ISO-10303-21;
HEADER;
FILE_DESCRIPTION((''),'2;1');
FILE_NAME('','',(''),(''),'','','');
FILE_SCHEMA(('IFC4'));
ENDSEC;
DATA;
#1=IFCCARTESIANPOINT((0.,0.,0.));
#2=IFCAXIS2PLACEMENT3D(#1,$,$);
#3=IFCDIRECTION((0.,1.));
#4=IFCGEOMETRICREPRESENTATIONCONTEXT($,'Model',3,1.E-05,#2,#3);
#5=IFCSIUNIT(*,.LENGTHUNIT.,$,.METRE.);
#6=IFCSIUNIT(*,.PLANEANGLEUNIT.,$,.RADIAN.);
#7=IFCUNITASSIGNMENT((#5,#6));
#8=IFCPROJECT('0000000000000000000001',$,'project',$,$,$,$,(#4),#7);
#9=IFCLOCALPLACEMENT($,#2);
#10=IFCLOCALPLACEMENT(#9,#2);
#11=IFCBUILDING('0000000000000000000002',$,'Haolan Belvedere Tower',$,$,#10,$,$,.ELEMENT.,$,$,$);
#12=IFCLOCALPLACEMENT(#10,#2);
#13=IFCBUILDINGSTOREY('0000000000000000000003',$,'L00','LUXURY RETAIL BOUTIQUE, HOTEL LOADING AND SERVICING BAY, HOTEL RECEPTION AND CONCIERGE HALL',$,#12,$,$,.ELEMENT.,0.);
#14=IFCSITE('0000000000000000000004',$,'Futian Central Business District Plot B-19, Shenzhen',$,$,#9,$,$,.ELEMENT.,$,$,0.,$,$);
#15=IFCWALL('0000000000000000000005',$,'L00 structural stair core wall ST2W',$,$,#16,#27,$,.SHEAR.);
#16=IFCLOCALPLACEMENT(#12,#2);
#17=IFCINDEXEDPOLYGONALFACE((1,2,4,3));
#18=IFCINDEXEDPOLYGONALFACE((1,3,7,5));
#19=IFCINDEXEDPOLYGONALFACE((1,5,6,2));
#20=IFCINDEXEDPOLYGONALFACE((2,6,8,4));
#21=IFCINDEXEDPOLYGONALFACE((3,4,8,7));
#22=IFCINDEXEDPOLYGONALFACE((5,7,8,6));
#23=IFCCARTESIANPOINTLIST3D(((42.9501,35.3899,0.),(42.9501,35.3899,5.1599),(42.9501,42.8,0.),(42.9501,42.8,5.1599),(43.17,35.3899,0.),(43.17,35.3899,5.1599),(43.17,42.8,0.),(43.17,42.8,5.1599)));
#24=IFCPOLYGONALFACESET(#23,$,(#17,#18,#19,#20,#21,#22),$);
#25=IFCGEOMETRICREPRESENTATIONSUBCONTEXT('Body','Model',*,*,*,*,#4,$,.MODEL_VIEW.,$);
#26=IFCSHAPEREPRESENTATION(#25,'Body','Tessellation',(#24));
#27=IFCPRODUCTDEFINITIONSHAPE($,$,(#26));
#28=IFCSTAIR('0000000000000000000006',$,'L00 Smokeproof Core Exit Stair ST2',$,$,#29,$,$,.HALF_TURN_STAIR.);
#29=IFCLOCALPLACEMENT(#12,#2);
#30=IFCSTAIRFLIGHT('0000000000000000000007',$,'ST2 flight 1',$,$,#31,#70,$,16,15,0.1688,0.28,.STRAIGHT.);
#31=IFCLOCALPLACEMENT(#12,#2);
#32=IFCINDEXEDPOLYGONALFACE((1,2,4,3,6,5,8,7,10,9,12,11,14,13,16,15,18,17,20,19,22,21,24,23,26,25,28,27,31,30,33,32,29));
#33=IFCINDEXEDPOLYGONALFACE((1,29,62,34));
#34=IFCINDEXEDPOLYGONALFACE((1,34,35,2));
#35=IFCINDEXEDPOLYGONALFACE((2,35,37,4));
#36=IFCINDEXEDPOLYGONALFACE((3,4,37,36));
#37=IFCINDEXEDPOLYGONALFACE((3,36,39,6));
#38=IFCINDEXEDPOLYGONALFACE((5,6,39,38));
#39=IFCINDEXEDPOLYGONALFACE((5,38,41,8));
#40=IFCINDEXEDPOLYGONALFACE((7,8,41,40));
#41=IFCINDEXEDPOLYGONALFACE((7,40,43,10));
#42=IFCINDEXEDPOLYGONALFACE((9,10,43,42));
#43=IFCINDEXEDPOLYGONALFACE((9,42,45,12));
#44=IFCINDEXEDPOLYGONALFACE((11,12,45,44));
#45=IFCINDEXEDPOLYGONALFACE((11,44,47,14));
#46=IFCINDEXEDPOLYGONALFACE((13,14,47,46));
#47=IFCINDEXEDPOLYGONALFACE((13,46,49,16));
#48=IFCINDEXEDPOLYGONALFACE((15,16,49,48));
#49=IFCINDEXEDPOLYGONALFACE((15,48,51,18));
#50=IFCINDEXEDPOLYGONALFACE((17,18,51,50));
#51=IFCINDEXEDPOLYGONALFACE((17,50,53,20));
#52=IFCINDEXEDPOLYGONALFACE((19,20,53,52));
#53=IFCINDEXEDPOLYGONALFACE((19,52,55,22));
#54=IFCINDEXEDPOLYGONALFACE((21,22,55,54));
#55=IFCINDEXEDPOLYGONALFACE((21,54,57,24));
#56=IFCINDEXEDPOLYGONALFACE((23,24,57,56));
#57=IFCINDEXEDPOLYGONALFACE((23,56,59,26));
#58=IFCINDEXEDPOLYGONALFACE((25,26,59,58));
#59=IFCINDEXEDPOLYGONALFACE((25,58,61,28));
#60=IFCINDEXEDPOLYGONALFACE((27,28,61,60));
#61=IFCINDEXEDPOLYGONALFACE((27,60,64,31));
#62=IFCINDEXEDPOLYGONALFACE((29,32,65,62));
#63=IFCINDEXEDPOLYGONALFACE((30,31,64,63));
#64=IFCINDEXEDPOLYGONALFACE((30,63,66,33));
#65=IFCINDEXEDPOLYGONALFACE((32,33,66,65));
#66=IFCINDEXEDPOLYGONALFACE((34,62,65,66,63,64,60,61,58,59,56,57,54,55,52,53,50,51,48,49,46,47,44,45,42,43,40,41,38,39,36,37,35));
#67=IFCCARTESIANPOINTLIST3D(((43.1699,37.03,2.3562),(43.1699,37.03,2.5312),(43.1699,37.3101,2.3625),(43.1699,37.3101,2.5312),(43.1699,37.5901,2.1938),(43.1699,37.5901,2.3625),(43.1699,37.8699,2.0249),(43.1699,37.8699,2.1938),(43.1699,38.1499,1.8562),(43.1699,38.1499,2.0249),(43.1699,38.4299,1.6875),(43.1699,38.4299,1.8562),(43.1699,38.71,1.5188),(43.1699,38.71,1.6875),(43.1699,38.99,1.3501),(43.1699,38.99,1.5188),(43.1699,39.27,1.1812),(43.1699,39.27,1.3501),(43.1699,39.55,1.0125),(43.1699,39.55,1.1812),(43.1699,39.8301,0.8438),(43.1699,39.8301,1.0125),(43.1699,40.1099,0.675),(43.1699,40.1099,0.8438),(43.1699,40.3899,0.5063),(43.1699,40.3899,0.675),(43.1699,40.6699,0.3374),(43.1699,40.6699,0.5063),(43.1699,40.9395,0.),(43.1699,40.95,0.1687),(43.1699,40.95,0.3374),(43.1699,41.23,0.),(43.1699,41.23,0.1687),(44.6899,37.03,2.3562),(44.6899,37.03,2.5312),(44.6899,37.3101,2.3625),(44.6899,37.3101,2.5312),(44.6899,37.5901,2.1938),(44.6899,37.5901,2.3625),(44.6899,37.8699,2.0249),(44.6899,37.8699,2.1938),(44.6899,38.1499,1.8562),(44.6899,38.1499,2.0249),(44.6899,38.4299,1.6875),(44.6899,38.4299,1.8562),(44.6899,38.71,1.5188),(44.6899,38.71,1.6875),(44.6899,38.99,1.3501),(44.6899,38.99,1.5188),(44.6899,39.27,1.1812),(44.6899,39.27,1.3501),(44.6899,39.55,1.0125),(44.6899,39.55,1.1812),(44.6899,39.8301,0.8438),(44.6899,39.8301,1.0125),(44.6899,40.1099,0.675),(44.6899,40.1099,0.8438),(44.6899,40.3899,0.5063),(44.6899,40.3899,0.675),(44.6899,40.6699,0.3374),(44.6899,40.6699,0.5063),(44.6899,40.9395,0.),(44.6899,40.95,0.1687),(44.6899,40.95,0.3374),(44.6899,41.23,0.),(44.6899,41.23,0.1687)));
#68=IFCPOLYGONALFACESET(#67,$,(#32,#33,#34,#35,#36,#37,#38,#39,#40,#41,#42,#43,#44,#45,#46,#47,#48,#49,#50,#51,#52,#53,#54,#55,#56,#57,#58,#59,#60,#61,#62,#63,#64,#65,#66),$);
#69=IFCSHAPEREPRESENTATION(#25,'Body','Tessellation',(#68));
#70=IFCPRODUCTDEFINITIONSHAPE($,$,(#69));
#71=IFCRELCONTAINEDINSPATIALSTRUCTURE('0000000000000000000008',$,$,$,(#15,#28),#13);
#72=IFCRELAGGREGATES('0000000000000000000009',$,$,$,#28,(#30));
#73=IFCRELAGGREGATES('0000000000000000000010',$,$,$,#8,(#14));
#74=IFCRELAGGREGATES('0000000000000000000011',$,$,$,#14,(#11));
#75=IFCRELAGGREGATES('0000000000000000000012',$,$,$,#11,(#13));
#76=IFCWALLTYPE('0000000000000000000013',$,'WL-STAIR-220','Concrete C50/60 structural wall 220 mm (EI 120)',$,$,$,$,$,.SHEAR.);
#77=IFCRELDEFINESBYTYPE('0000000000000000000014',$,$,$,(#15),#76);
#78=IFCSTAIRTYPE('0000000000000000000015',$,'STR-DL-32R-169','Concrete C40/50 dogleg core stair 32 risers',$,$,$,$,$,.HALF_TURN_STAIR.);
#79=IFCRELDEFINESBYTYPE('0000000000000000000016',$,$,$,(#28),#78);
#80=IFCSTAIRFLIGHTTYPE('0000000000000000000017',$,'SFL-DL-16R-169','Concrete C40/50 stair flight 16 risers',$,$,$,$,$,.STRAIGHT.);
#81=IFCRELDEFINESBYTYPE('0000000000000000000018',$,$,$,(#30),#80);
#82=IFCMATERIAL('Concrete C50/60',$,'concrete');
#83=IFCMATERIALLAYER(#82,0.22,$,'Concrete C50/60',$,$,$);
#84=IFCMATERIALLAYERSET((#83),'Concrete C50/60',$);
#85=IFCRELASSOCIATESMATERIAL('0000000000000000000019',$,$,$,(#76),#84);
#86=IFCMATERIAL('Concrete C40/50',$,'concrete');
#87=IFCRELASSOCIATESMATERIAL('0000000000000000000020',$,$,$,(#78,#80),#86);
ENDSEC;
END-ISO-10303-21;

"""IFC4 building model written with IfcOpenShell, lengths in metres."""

from ifc_helpers import new_model, si_unit, direction, frame, frame_2d, origin, place, context, subcontext, project, spatial, polyline, rectangle, outline, extrude, material, layer, layer_set, type_object, element, aggregate, save


model = new_model("IFC4")

# Units and contexts
model_context = context("Model", 3, precision=1e-05, world=origin(), true_north=direction((0.0, 1.0)))
body_context = subcontext(model_context, "Body", "Model", "MODEL_VIEW")
ifc_project = project(units=[si_unit("LENGTHUNIT", "METRE"), si_unit("PLANEANGLEUNIT", "RADIAN")], contexts=[model_context])

# Site, building, storey
site_placement = place(None, origin())
site = spatial("IfcSite", under=ifc_project, at=site_placement, Name="Futian Central Business District Plot B-19, Shenzhen", CompositionType="ELEMENT", RefElevation=0.0)
building_placement = place(site_placement, origin())
building = spatial("IfcBuilding", under=site, at=building_placement, Name="Haolan Belvedere Tower", CompositionType="ELEMENT")
storey_placement = place(building_placement, origin())
storey = spatial("IfcBuildingStorey", under=building, at=storey_placement, Name="L00", Description="LUXURY RETAIL BOUTIQUE, HOTEL LOADING AND SERVICING BAY, HOTEL RECEPTION AND CONCIERGE HALL", CompositionType="ELEMENT", Elevation=0.0)

# Shared definitions
ifc_material_1 = material(Name="Concrete C50/60", Category="concrete")

# Wall
ifc_layer_1 = layer(ifc_material_1, 0.22, Name="Concrete C50/60")
ifc_layer_set_1 = layer_set([ifc_layer_1], Name="Concrete C50/60")
wall_type_1 = type_object("IfcWallType", Name="WL-STAIR-220", Description="Concrete C50/60 structural wall 220 mm (EI 120)", PredefinedType="SHEAR", material=ifc_layer_set_1)
for number, where, z_axis, x_axis, name in (
    (1, (43.0601, 35.3899, 0.0), (0.0, 0.0, 1.0), (0.0, 1.0, 0.0), "L00 structural stair core wall ST2W"),
):
    element("IfcWall", number, at=place(storey_placement, frame(where, z_axis=z_axis, x_axis=x_axis)), inside=storey, type_object=wall_type_1, Name=name, PredefinedType="SHEAR", context=body_context, shape_type="SweptSolid", body=[
        extrude(rectangle(XDim=7.4102, YDim=0.22, at=frame_2d((3.7051, 0.0))), origin(), (0.0, 0.0, 1.0), 5.1599),
    ])

# Stair, stair flight
ifc_material_2 = material(Name="Concrete C40/50", Category="concrete")
stair_type = type_object("IfcStairType", Name="STR-DL-32R-169", Description="Concrete C40/50 dogleg core stair 32 risers", PredefinedType="HALF_TURN_STAIR", material=ifc_material_2)
stair_placement = place(storey_placement, origin())
stair = element("IfcStair", 2, at=stair_placement, inside=storey, type_object=stair_type, Name="L00 Smokeproof Core Exit Stair ST2", PredefinedType="HALF_TURN_STAIR")
stair_flight_type = type_object("IfcStairFlightType", Name="SFL-DL-16R-169", Description="Concrete C40/50 stair flight 16 risers", PredefinedType="STRAIGHT", material=ifc_material_2)
stair_flight_placement = place(storey_placement, frame((43.9299, 41.23, 0.0), z_axis=(0.0, 0.0, 1.0), x_axis=(0.0, -1.0, 0.0)))
stair_flight = element("IfcStairFlight", 3, at=stair_flight_placement, type_object=stair_flight_type, Name="ST2 flight 1", NumberOfRisers=16, NumberOfTreads=15, PredefinedType="STRAIGHT", RiserHeight=0.1688, TreadLength=0.28, context=body_context, shape_type="SweptSolid", body=[
    extrude(outline(polyline([(0.0, 0.0), (0.0, 0.1687), (0.28, 0.1687), (0.28, 0.3374), (0.5601, 0.3374), (0.5601, 0.5063), (0.8401, 0.5063), (0.8401, 0.675), (1.1201, 0.675), (1.1201, 0.8438), (1.3999, 0.8438), (1.3999, 1.0125), (1.6799, 1.0125), (1.6799, 1.1812), (1.96, 1.1812), (1.96, 1.3501), (2.24, 1.3501), (2.24, 1.5188), (2.52, 1.5188), (2.52, 1.6875), (2.8, 1.6875), (2.8, 1.8562), (3.0801, 1.8562), (3.0801, 2.0249), (3.3601, 2.0249), (3.3601, 2.1938), (3.6399, 2.1938), (3.6399, 2.3625), (3.9199, 2.3625), (3.9199, 2.5312), (4.2, 2.5312), (4.2, 2.7), (4.2, 2.3562), (0.2905, 0.0), (0.0, 0.0)])), frame((0.0, 0.76, 0.0), z_axis=(0.0, -1.0, 0.0), x_axis=(1.0, 0.0, 0.0)), (0.0, 0.0, 1.0), 1.52),
])
aggregate(stair, [stair_flight])

save(model, "model.ifc")
